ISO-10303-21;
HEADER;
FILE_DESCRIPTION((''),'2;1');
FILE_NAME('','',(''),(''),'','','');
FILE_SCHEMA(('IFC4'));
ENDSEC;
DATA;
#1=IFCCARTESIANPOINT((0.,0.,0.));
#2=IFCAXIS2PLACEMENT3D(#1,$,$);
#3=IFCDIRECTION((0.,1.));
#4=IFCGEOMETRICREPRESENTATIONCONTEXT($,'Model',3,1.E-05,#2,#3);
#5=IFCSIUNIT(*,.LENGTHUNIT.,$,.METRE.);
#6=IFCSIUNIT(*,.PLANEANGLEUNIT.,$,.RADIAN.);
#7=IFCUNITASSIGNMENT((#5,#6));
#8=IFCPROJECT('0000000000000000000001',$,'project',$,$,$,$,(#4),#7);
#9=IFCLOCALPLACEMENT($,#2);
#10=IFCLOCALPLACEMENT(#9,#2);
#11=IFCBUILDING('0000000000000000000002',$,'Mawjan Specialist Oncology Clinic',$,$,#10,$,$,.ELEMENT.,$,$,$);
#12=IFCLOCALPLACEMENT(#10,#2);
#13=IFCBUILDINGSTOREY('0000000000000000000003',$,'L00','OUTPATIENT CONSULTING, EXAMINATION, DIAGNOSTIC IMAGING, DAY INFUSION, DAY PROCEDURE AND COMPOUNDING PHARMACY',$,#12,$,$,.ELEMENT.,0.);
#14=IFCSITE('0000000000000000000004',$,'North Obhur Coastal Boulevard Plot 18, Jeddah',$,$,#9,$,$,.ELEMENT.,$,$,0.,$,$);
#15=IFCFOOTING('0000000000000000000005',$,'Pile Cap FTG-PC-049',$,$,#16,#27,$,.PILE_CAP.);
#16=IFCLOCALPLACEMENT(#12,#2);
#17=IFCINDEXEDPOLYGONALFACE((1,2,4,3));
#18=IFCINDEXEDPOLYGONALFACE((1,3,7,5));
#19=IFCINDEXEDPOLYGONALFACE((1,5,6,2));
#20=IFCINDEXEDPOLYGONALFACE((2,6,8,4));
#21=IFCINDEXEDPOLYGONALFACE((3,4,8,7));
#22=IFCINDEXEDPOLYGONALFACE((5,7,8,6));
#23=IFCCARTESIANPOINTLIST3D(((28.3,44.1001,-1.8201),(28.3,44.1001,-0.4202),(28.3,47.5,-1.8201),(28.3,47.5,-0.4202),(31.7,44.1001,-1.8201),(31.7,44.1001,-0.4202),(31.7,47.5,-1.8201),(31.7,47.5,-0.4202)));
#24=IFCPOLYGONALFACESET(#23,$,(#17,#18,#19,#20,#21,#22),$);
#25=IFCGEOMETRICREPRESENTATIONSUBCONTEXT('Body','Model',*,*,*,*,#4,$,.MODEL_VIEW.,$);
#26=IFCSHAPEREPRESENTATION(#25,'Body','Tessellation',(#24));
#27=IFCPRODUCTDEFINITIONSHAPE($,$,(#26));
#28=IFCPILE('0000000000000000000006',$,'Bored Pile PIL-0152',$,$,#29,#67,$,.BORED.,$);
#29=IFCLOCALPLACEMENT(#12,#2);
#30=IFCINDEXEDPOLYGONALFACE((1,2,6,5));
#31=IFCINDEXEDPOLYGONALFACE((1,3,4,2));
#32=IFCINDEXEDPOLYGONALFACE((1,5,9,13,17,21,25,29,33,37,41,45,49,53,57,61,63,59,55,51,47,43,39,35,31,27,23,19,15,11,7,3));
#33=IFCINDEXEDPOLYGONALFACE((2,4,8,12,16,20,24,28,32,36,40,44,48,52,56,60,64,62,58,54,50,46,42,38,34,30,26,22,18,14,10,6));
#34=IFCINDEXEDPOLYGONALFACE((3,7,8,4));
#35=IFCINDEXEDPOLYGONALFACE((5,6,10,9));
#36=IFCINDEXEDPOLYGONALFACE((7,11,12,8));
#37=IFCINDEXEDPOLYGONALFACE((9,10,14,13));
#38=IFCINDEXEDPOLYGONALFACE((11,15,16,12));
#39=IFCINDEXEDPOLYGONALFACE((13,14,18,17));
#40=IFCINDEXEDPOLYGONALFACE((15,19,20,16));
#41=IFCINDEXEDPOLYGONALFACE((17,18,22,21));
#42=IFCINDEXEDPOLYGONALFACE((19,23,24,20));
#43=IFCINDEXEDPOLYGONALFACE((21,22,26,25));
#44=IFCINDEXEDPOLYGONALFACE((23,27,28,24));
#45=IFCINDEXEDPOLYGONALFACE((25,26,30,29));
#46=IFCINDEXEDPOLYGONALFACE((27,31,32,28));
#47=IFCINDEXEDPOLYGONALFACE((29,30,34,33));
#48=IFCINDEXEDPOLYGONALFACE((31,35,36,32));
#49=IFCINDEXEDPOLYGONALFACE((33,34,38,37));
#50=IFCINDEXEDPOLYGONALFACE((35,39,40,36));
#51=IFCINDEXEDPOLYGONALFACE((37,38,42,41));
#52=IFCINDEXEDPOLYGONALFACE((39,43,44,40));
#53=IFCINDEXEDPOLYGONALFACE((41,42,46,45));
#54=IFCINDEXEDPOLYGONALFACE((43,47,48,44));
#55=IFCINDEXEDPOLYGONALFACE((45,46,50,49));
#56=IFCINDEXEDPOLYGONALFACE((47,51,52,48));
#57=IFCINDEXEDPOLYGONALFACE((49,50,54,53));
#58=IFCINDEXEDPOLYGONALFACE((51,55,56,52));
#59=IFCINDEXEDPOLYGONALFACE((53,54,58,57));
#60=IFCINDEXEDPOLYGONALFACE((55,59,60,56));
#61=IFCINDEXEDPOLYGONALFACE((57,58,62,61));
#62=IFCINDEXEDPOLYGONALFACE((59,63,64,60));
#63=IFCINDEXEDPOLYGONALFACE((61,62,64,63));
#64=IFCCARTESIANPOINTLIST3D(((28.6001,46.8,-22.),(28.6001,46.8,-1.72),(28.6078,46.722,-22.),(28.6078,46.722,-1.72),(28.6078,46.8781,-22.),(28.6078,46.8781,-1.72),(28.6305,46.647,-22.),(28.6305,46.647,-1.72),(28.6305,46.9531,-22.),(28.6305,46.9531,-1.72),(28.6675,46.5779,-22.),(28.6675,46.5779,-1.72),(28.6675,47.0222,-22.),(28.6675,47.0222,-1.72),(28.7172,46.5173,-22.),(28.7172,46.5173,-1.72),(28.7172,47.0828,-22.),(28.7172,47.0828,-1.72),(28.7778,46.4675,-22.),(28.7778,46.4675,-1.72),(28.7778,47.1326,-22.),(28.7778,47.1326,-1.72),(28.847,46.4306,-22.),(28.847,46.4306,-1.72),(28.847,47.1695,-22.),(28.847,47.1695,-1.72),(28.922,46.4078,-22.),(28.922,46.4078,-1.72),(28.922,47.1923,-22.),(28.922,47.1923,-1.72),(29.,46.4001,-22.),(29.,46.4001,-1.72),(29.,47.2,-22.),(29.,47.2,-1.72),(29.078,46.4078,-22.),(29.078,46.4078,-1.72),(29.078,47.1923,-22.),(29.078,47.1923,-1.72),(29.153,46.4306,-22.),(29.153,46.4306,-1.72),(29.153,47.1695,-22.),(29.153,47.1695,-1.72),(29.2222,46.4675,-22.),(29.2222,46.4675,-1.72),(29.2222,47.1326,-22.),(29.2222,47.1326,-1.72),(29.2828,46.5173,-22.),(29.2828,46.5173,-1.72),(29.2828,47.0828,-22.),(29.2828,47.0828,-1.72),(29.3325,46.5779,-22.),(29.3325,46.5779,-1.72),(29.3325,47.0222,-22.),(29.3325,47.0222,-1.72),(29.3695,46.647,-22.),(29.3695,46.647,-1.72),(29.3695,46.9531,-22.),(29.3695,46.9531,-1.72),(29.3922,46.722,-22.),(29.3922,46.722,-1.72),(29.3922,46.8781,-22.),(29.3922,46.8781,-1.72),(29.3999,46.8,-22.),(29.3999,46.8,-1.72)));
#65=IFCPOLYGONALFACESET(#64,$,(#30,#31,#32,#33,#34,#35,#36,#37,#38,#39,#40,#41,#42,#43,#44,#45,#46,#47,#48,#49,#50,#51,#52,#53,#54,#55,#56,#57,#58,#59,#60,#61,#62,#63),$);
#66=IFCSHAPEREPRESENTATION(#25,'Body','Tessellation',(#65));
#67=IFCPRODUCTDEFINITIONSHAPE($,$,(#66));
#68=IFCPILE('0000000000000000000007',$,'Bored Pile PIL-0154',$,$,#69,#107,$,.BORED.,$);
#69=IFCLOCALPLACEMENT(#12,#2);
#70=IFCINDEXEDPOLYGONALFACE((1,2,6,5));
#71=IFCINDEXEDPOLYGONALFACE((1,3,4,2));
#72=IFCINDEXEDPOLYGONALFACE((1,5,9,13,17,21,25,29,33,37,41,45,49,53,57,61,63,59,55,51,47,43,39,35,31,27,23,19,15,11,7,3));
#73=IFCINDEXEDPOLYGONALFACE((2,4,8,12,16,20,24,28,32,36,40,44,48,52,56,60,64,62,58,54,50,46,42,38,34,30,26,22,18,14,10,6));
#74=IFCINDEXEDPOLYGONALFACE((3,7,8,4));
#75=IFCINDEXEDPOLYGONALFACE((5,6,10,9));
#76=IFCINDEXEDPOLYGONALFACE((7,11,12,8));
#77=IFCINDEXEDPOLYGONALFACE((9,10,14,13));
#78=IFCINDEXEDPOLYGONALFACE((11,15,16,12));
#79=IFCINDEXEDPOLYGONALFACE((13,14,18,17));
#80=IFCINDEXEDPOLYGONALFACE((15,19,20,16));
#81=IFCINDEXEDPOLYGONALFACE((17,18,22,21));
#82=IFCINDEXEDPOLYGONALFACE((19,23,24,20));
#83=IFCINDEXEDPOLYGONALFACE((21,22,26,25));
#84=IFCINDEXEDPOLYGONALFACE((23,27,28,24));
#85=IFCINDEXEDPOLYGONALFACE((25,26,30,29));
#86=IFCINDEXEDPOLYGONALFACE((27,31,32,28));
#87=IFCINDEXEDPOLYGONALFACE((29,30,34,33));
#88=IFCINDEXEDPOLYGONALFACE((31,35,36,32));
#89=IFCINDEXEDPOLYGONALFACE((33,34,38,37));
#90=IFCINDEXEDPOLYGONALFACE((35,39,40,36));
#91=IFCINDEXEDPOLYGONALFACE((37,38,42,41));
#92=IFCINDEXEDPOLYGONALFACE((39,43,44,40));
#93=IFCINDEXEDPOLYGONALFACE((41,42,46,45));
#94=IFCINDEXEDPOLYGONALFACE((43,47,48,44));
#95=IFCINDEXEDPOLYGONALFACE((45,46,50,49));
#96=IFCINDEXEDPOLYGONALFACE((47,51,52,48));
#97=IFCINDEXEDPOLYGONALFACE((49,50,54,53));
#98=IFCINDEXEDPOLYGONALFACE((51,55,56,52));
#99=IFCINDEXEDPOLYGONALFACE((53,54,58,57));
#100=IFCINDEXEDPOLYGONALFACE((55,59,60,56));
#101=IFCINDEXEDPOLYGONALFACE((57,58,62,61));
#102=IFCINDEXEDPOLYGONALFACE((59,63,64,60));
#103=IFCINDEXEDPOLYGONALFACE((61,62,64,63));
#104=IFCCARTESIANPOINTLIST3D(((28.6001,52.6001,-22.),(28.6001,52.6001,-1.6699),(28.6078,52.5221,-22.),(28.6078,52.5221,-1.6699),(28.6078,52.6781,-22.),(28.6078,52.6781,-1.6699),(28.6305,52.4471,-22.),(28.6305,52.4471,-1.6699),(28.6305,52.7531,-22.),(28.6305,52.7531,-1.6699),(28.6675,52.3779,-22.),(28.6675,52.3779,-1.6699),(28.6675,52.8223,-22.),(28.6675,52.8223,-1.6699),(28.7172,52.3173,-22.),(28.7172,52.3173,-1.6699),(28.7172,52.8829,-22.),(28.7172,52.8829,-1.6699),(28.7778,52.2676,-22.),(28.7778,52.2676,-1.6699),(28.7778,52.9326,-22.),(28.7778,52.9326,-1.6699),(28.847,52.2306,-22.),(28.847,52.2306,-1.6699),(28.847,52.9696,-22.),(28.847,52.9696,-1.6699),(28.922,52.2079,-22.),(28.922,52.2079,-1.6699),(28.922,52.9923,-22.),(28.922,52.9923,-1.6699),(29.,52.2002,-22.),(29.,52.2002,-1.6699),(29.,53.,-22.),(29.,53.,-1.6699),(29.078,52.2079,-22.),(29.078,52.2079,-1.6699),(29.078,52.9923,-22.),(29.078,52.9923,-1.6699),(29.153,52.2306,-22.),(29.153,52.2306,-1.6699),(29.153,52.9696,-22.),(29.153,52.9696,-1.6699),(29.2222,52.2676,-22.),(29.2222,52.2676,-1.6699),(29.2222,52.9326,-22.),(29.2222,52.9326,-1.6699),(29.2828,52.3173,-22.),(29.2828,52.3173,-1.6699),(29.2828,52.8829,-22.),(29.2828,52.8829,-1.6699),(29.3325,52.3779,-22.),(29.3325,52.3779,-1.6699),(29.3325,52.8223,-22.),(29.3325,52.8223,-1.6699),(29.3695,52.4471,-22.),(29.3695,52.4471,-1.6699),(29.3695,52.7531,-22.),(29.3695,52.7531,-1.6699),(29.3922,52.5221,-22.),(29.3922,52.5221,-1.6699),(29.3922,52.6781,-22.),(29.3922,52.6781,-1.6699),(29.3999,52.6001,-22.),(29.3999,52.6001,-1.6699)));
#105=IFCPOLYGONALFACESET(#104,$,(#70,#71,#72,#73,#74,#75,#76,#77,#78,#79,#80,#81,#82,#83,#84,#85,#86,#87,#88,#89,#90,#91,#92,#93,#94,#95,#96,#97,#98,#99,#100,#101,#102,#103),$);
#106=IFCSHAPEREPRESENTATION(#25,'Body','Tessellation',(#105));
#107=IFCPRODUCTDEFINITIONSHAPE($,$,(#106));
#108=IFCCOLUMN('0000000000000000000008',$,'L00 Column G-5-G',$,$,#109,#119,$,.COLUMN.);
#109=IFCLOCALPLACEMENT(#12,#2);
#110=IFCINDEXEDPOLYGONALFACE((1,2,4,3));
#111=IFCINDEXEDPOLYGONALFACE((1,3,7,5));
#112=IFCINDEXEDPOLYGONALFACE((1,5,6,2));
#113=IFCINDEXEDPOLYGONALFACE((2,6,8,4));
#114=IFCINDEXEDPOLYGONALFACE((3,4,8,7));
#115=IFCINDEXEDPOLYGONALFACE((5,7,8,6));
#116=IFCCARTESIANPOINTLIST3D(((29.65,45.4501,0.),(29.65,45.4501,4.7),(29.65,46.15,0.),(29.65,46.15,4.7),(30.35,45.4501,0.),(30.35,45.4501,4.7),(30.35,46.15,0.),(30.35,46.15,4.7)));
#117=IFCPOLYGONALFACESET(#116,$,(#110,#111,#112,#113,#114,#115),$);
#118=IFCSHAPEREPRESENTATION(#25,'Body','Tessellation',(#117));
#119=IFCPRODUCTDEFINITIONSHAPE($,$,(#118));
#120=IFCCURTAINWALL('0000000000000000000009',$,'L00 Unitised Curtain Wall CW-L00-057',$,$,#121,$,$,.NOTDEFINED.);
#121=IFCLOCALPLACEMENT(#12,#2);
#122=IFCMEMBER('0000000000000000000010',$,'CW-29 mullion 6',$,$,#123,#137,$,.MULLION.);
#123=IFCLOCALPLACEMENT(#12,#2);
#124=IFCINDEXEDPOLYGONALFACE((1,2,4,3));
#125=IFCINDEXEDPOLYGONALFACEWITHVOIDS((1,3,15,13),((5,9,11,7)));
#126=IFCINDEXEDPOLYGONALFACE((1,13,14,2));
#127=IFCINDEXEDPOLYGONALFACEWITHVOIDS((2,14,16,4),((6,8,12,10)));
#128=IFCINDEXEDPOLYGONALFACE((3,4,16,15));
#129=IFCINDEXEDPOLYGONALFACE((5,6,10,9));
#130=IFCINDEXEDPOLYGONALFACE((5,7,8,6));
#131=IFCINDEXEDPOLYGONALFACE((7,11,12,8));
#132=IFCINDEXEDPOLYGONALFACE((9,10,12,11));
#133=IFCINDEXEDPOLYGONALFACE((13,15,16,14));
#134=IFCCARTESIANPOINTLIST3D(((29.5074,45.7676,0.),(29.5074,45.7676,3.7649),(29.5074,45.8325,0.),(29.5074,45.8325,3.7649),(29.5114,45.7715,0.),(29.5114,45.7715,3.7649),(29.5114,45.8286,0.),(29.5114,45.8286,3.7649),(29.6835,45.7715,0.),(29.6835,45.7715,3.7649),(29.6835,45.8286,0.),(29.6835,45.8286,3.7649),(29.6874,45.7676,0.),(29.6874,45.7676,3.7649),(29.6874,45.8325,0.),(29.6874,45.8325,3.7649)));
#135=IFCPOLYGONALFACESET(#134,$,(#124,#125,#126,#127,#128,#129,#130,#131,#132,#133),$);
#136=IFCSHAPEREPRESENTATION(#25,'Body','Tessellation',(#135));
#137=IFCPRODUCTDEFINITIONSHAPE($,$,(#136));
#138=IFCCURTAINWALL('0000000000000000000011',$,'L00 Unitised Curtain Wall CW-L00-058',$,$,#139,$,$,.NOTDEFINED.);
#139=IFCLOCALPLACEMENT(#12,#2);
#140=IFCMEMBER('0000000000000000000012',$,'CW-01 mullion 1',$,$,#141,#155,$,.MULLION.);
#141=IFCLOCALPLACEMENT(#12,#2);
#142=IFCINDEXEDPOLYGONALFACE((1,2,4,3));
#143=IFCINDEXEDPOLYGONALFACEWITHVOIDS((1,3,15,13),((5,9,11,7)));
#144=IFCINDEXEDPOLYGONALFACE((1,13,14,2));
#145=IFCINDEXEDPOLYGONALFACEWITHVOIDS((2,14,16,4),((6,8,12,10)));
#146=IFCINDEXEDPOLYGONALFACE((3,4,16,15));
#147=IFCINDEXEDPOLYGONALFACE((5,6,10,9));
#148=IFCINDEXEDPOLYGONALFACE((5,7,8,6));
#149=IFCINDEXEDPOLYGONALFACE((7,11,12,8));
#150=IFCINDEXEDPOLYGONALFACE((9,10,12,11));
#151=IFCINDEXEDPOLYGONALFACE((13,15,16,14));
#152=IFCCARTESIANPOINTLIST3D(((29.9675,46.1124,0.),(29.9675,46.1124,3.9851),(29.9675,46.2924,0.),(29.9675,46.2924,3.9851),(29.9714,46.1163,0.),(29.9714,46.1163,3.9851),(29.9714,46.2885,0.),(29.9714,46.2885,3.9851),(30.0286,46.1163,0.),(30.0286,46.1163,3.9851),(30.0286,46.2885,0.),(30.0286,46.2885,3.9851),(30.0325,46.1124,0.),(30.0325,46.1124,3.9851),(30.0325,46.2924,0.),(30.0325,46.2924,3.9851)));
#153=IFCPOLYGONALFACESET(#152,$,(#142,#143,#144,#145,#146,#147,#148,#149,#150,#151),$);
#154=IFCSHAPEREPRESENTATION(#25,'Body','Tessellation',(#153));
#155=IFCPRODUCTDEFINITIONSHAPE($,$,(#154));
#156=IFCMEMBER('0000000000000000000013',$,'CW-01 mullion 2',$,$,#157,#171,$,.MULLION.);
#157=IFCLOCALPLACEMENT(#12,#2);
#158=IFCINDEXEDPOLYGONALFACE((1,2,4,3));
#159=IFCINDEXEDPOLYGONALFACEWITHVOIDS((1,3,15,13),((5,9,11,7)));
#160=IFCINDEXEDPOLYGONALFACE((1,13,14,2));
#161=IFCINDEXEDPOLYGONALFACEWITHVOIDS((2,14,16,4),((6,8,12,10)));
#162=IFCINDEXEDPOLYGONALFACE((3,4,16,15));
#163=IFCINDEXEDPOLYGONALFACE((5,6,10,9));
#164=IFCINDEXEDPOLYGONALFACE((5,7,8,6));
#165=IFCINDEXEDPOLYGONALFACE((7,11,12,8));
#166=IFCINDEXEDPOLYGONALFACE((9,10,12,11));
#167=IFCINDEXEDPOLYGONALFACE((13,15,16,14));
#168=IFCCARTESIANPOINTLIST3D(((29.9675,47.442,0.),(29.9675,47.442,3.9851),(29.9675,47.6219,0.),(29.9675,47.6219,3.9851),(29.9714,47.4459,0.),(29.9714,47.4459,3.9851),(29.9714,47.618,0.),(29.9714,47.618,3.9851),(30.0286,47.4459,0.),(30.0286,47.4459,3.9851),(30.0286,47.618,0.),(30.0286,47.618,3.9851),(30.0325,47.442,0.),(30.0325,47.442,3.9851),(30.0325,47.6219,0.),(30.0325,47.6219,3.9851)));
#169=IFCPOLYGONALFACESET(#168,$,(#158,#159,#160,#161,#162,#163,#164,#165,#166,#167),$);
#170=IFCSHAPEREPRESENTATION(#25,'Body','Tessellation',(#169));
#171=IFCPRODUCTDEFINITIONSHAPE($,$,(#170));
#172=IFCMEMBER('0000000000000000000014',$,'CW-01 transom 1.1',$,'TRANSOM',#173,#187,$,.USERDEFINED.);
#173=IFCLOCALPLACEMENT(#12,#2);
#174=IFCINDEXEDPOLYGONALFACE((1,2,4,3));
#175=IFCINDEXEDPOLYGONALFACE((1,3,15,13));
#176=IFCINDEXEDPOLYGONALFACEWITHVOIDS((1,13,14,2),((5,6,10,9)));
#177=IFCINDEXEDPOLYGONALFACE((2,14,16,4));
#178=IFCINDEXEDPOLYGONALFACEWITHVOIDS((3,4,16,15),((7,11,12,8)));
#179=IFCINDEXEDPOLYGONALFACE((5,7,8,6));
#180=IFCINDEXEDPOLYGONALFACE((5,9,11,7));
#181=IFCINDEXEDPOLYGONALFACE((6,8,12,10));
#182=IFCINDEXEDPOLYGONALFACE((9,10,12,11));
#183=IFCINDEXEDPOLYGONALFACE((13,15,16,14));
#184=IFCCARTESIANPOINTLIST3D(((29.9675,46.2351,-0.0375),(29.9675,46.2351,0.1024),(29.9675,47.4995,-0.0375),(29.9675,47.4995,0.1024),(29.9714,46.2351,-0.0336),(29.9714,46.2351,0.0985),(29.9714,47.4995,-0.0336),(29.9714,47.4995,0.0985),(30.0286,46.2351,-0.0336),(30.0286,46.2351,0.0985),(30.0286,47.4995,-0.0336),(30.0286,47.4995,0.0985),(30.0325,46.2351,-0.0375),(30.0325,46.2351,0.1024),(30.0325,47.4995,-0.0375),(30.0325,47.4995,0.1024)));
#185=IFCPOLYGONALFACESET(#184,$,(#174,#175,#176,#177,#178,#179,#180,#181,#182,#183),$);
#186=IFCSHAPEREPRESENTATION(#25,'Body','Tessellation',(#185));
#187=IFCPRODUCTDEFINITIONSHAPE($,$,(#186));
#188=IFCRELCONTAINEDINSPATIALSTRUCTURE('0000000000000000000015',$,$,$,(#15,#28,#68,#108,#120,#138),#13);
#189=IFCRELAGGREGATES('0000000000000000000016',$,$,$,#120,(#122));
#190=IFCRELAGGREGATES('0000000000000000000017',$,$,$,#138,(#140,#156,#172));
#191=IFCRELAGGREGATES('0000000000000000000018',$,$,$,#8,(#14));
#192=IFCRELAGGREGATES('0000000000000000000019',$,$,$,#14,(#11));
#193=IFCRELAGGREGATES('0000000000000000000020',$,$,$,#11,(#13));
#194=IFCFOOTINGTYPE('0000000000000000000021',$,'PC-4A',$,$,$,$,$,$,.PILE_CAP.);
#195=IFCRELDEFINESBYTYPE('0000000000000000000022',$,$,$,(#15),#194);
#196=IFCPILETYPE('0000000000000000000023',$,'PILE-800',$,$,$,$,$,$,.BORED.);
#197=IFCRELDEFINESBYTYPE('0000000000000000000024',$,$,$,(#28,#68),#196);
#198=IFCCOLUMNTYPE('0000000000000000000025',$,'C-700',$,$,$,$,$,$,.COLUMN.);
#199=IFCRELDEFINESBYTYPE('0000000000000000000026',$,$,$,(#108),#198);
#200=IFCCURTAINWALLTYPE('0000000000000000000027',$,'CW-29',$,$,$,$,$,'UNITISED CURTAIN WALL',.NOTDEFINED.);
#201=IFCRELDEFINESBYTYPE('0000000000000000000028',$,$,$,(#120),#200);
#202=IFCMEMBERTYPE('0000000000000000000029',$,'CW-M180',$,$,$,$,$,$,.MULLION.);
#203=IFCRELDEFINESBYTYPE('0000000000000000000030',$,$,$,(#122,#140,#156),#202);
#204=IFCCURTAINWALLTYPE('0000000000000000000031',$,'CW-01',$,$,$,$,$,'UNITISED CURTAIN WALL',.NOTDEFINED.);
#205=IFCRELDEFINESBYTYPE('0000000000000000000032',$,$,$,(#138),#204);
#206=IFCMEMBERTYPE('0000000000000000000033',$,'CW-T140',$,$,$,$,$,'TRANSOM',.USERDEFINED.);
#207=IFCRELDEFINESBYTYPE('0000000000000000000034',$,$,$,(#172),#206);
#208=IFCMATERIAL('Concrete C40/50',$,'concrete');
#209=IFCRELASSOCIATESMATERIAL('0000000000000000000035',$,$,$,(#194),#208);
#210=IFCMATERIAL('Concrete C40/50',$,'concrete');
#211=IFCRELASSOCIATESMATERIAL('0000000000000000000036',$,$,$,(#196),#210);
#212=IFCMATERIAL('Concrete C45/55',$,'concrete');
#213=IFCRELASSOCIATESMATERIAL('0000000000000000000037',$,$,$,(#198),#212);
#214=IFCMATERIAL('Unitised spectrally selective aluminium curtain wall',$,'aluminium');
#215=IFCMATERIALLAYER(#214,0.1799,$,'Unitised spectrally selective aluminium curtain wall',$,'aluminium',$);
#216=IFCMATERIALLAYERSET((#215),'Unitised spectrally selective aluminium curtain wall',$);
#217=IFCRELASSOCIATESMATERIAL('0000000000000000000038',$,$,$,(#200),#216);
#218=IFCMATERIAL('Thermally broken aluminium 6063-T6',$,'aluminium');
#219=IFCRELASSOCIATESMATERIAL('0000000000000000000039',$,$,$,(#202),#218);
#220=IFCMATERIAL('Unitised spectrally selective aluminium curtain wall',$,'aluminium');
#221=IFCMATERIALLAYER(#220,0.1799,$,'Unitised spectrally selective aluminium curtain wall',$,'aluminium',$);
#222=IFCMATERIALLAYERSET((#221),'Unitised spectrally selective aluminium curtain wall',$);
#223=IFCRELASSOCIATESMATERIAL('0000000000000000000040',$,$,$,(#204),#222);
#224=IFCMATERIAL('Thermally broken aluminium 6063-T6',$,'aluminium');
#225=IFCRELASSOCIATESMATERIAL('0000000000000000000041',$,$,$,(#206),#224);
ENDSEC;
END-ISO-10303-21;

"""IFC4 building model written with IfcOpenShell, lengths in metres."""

from ifc_helpers import new_model, si_unit, direction, frame, origin, origin_2d, place, context, subcontext, project, spatial, rectangle, hollow_rectangle, circle, extrude, material, layer, layer_set, material_profile, profile_set, type_object, element, aggregate, save


model = new_model("IFC4")

# Units and contexts
model_context = context("Model", 3, precision=1e-05, world=origin(), true_north=direction((0.0, 1.0)))
body_context = subcontext(model_context, "Body", "Model", "MODEL_VIEW")
ifc_project = project(units=[si_unit("LENGTHUNIT", "METRE"), si_unit("PLANEANGLEUNIT", "RADIAN")], contexts=[model_context])

# Site, building, storey
site_placement = place(None, origin())
site = spatial("IfcSite", under=ifc_project, at=site_placement, Name="North Obhur Coastal Boulevard Plot 18, Jeddah", CompositionType="ELEMENT", RefElevation=0.0)
building_placement = place(site_placement, origin())
building = spatial("IfcBuilding", under=site, at=building_placement, Name="Mawjan Specialist Oncology Clinic", CompositionType="ELEMENT")
storey_placement = place(building_placement, origin())
storey = spatial("IfcBuildingStorey", under=building, at=storey_placement, Name="L00", Description="OUTPATIENT CONSULTING, EXAMINATION, DIAGNOSTIC IMAGING, DAY INFUSION, DAY PROCEDURE AND COMPOUNDING PHARMACY", CompositionType="ELEMENT", Elevation=0.0)

# Footing
ifc_material_1 = material(Name="Concrete C40/50", Category="concrete")
footing_type = type_object("IfcFootingType", Name="PC-4A", PredefinedType="PILE_CAP", material=ifc_material_1)
footing_placement = place(storey_placement, frame((30.0, 45.8, -1.8201), z_axis=(0.0, 0.0, 1.0), x_axis=(1.0, 0.0, 0.0)))
element("IfcFooting", 1, at=footing_placement, inside=storey, type_object=footing_type, Name="Pile Cap FTG-PC-049", PredefinedType="PILE_CAP", context=body_context, shape_type="SweptSolid", body=[
    extrude(rectangle(XDim=3.3999, YDim=3.3999, at=origin_2d()), origin(), (0.0, 0.0, 1.0), 1.3999),
])

# Piles
ifc_material_2 = material(Name="Concrete C40/50", Category="concrete")
ifc_material_profile_1 = material_profile(ifc_material_2, circle(Radius=0.3999, at=origin_2d()), Name="BORED PILE D800", Category="concrete")
ifc_profile_set_1 = profile_set([ifc_material_profile_1], Name="Concrete C40/50")
pile_type = type_object("IfcPileType", Name="PILE-800", PredefinedType="BORED", material=ifc_profile_set_1)
pile_1_placement = place(storey_placement, frame((29.0, 46.8, -1.72), z_axis=(0.0, 0.0, -1.0), x_axis=(1.0, 0.0, 0.0)))
element("IfcPile", 2, at=pile_1_placement, inside=storey, type_object=pile_type, Name="Bored Pile PIL-0152", PredefinedType="BORED", context=body_context, shape_type="SweptSolid", body=[
    extrude(circle(Radius=0.3999, at=origin_2d()), origin(), (0.0, 0.0, 1.0), 20.28),
])
pile_2_placement = place(storey_placement, frame((29.0, 52.6001, -1.6699), z_axis=(0.0, 0.0, -1.0), x_axis=(1.0, 0.0, 0.0)))
element("IfcPile", 3, at=pile_2_placement, inside=storey, type_object=pile_type, Name="Bored Pile PIL-0154", PredefinedType="BORED", context=body_context, shape_type="SweptSolid", body=[
    extrude(circle(Radius=0.3999, at=origin_2d()), origin(), (0.0, 0.0, 1.0), 20.3301),
])

# Column
ifc_material_3 = material(Name="Concrete C45/55", Category="concrete")
ifc_material_profile_2 = material_profile(ifc_material_3, rectangle(XDim=0.7, YDim=0.7, at=origin_2d()), Name="RC COL 700x700", Category="concrete")
ifc_profile_set_2 = profile_set([ifc_material_profile_2], Name="Concrete C45/55")
column_type = type_object("IfcColumnType", Name="C-700", PredefinedType="COLUMN", material=ifc_profile_set_2)
column_placement = place(storey_placement, frame((30.0, 45.8, 0.0), z_axis=(0.0, 0.0, 1.0), x_axis=(1.0, 0.0, 0.0)))
element("IfcColumn", 4, at=column_placement, inside=storey, type_object=column_type, Name="L00 Column G-5-G", PredefinedType="COLUMN", context=body_context, shape_type="SweptSolid", body=[
    extrude(rectangle(XDim=0.7, YDim=0.7, at=origin_2d()), origin(), (0.0, 0.0, 1.0), 4.7),
])

# Curtain wall, member
ifc_material_4 = material(Name="Unitised spectrally selective aluminium curtain wall", Category="aluminium")
ifc_layer_1 = layer(ifc_material_4, 0.1799, Name="Unitised spectrally selective aluminium curtain wall", Category="aluminium")
ifc_layer_set_1 = layer_set([ifc_layer_1], Name="Unitised spectrally selective aluminium curtain wall")
curtain_wall_type_1 = type_object("IfcCurtainWallType", Name="CW-29", ElementType="UNITISED CURTAIN WALL", PredefinedType="NOTDEFINED", material=ifc_layer_set_1)
curtain_wall_1_placement = place(storey_placement, origin())
curtain_wall_1 = element("IfcCurtainWall", 5, at=curtain_wall_1_placement, inside=storey, type_object=curtain_wall_type_1, Name="L00 Unitised Curtain Wall CW-L00-057", PredefinedType="NOTDEFINED")
ifc_material_5 = material(Name="Thermally broken aluminium 6063-T6", Category="aluminium")
ifc_material_profile_3 = material_profile(ifc_material_5, hollow_rectangle(XDim=0.0649, YDim=0.1799, WallThickness=0.0039, at=origin_2d()), Name="ALU MULLION 180x65x4", Category="aluminium")
ifc_profile_set_3 = profile_set([ifc_material_profile_3], Name="Thermally broken aluminium 6063-T6")
member_type_1 = type_object("IfcMemberType", Name="CW-M180", PredefinedType="MULLION", material=ifc_profile_set_3)
member_1_placement = place(storey_placement, frame((29.5974, 45.8, 0.0), z_axis=(0.0, 0.0, 1.0), x_axis=(0.0, 1.0, 0.0)))
member_1 = element("IfcMember", 6, at=member_1_placement, type_object=member_type_1, Name="CW-29 mullion 6", PredefinedType="MULLION", context=body_context, shape_type="SweptSolid", body=[
    extrude(hollow_rectangle(XDim=0.0649, YDim=0.1799, WallThickness=0.0039, at=origin_2d()), origin(), (0.0, 0.0, 1.0), 3.7649),
])

# Curtain wall, members
ifc_material_6 = material(Name="Unitised spectrally selective aluminium curtain wall", Category="aluminium")
ifc_layer_2 = layer(ifc_material_6, 0.1799, Name="Unitised spectrally selective aluminium curtain wall", Category="aluminium")
ifc_layer_set_2 = layer_set([ifc_layer_2], Name="Unitised spectrally selective aluminium curtain wall")
curtain_wall_type_2 = type_object("IfcCurtainWallType", Name="CW-01", ElementType="UNITISED CURTAIN WALL", PredefinedType="NOTDEFINED", material=ifc_layer_set_2)
curtain_wall_2_placement = place(storey_placement, origin())
curtain_wall_2 = element("IfcCurtainWall", 7, at=curtain_wall_2_placement, inside=storey, type_object=curtain_wall_type_2, Name="L00 Unitised Curtain Wall CW-L00-058", PredefinedType="NOTDEFINED")
member_2_placement = place(storey_placement, frame((30.0, 46.2024, 0.0), z_axis=(0.0, 0.0, 1.0), x_axis=(-1.0, 0.0, 0.0)))
member_2 = element("IfcMember", 8, at=member_2_placement, type_object=member_type_1, Name="CW-01 mullion 1", PredefinedType="MULLION", context=body_context, shape_type="SweptSolid", body=[
    extrude(hollow_rectangle(XDim=0.0649, YDim=0.1799, WallThickness=0.0039, at=origin_2d()), origin(), (0.0, 0.0, 1.0), 3.9851),
])
member_3_placement = place(storey_placement, frame((30.0, 47.532, 0.0), z_axis=(0.0, 0.0, 1.0), x_axis=(-1.0, 0.0, 0.0)))
member_3 = element("IfcMember", 9, at=member_3_placement, type_object=member_type_1, Name="CW-01 mullion 2", PredefinedType="MULLION", context=body_context, shape_type="SweptSolid", body=[
    extrude(hollow_rectangle(XDim=0.0649, YDim=0.1799, WallThickness=0.0039, at=origin_2d()), origin(), (0.0, 0.0, 1.0), 3.9851),
])
ifc_material_7 = material(Name="Thermally broken aluminium 6063-T6", Category="aluminium")
ifc_material_profile_4 = material_profile(ifc_material_7, hollow_rectangle(XDim=0.0649, YDim=0.1399, WallThickness=0.0039, at=origin_2d()), Name="ALU TRANSOM 140x65x4", Category="aluminium")
ifc_profile_set_4 = profile_set([ifc_material_profile_4], Name="Thermally broken aluminium 6063-T6")
member_type_2 = type_object("IfcMemberType", Name="CW-T140", ElementType="TRANSOM", PredefinedType="USERDEFINED", material=ifc_profile_set_4)
member_4_placement = place(storey_placement, frame((30.0, 46.2351, 0.0325), z_axis=(0.0, 1.0, 0.0), x_axis=(-1.0, 0.0, 0.0)))
member_4 = element("IfcMember", 10, at=member_4_placement, type_object=member_type_2, Name="CW-01 transom 1.1", ObjectType="TRANSOM", PredefinedType="USERDEFINED", context=body_context, shape_type="SweptSolid", body=[
    extrude(hollow_rectangle(XDim=0.0649, YDim=0.1399, WallThickness=0.0039, at=origin_2d()), origin(), (0.0, 0.0, 1.0), 1.2644),
])

aggregate(curtain_wall_1, [member_1])
aggregate(curtain_wall_2, [member_2, member_3, member_4])

save(model, "model.ifc")
